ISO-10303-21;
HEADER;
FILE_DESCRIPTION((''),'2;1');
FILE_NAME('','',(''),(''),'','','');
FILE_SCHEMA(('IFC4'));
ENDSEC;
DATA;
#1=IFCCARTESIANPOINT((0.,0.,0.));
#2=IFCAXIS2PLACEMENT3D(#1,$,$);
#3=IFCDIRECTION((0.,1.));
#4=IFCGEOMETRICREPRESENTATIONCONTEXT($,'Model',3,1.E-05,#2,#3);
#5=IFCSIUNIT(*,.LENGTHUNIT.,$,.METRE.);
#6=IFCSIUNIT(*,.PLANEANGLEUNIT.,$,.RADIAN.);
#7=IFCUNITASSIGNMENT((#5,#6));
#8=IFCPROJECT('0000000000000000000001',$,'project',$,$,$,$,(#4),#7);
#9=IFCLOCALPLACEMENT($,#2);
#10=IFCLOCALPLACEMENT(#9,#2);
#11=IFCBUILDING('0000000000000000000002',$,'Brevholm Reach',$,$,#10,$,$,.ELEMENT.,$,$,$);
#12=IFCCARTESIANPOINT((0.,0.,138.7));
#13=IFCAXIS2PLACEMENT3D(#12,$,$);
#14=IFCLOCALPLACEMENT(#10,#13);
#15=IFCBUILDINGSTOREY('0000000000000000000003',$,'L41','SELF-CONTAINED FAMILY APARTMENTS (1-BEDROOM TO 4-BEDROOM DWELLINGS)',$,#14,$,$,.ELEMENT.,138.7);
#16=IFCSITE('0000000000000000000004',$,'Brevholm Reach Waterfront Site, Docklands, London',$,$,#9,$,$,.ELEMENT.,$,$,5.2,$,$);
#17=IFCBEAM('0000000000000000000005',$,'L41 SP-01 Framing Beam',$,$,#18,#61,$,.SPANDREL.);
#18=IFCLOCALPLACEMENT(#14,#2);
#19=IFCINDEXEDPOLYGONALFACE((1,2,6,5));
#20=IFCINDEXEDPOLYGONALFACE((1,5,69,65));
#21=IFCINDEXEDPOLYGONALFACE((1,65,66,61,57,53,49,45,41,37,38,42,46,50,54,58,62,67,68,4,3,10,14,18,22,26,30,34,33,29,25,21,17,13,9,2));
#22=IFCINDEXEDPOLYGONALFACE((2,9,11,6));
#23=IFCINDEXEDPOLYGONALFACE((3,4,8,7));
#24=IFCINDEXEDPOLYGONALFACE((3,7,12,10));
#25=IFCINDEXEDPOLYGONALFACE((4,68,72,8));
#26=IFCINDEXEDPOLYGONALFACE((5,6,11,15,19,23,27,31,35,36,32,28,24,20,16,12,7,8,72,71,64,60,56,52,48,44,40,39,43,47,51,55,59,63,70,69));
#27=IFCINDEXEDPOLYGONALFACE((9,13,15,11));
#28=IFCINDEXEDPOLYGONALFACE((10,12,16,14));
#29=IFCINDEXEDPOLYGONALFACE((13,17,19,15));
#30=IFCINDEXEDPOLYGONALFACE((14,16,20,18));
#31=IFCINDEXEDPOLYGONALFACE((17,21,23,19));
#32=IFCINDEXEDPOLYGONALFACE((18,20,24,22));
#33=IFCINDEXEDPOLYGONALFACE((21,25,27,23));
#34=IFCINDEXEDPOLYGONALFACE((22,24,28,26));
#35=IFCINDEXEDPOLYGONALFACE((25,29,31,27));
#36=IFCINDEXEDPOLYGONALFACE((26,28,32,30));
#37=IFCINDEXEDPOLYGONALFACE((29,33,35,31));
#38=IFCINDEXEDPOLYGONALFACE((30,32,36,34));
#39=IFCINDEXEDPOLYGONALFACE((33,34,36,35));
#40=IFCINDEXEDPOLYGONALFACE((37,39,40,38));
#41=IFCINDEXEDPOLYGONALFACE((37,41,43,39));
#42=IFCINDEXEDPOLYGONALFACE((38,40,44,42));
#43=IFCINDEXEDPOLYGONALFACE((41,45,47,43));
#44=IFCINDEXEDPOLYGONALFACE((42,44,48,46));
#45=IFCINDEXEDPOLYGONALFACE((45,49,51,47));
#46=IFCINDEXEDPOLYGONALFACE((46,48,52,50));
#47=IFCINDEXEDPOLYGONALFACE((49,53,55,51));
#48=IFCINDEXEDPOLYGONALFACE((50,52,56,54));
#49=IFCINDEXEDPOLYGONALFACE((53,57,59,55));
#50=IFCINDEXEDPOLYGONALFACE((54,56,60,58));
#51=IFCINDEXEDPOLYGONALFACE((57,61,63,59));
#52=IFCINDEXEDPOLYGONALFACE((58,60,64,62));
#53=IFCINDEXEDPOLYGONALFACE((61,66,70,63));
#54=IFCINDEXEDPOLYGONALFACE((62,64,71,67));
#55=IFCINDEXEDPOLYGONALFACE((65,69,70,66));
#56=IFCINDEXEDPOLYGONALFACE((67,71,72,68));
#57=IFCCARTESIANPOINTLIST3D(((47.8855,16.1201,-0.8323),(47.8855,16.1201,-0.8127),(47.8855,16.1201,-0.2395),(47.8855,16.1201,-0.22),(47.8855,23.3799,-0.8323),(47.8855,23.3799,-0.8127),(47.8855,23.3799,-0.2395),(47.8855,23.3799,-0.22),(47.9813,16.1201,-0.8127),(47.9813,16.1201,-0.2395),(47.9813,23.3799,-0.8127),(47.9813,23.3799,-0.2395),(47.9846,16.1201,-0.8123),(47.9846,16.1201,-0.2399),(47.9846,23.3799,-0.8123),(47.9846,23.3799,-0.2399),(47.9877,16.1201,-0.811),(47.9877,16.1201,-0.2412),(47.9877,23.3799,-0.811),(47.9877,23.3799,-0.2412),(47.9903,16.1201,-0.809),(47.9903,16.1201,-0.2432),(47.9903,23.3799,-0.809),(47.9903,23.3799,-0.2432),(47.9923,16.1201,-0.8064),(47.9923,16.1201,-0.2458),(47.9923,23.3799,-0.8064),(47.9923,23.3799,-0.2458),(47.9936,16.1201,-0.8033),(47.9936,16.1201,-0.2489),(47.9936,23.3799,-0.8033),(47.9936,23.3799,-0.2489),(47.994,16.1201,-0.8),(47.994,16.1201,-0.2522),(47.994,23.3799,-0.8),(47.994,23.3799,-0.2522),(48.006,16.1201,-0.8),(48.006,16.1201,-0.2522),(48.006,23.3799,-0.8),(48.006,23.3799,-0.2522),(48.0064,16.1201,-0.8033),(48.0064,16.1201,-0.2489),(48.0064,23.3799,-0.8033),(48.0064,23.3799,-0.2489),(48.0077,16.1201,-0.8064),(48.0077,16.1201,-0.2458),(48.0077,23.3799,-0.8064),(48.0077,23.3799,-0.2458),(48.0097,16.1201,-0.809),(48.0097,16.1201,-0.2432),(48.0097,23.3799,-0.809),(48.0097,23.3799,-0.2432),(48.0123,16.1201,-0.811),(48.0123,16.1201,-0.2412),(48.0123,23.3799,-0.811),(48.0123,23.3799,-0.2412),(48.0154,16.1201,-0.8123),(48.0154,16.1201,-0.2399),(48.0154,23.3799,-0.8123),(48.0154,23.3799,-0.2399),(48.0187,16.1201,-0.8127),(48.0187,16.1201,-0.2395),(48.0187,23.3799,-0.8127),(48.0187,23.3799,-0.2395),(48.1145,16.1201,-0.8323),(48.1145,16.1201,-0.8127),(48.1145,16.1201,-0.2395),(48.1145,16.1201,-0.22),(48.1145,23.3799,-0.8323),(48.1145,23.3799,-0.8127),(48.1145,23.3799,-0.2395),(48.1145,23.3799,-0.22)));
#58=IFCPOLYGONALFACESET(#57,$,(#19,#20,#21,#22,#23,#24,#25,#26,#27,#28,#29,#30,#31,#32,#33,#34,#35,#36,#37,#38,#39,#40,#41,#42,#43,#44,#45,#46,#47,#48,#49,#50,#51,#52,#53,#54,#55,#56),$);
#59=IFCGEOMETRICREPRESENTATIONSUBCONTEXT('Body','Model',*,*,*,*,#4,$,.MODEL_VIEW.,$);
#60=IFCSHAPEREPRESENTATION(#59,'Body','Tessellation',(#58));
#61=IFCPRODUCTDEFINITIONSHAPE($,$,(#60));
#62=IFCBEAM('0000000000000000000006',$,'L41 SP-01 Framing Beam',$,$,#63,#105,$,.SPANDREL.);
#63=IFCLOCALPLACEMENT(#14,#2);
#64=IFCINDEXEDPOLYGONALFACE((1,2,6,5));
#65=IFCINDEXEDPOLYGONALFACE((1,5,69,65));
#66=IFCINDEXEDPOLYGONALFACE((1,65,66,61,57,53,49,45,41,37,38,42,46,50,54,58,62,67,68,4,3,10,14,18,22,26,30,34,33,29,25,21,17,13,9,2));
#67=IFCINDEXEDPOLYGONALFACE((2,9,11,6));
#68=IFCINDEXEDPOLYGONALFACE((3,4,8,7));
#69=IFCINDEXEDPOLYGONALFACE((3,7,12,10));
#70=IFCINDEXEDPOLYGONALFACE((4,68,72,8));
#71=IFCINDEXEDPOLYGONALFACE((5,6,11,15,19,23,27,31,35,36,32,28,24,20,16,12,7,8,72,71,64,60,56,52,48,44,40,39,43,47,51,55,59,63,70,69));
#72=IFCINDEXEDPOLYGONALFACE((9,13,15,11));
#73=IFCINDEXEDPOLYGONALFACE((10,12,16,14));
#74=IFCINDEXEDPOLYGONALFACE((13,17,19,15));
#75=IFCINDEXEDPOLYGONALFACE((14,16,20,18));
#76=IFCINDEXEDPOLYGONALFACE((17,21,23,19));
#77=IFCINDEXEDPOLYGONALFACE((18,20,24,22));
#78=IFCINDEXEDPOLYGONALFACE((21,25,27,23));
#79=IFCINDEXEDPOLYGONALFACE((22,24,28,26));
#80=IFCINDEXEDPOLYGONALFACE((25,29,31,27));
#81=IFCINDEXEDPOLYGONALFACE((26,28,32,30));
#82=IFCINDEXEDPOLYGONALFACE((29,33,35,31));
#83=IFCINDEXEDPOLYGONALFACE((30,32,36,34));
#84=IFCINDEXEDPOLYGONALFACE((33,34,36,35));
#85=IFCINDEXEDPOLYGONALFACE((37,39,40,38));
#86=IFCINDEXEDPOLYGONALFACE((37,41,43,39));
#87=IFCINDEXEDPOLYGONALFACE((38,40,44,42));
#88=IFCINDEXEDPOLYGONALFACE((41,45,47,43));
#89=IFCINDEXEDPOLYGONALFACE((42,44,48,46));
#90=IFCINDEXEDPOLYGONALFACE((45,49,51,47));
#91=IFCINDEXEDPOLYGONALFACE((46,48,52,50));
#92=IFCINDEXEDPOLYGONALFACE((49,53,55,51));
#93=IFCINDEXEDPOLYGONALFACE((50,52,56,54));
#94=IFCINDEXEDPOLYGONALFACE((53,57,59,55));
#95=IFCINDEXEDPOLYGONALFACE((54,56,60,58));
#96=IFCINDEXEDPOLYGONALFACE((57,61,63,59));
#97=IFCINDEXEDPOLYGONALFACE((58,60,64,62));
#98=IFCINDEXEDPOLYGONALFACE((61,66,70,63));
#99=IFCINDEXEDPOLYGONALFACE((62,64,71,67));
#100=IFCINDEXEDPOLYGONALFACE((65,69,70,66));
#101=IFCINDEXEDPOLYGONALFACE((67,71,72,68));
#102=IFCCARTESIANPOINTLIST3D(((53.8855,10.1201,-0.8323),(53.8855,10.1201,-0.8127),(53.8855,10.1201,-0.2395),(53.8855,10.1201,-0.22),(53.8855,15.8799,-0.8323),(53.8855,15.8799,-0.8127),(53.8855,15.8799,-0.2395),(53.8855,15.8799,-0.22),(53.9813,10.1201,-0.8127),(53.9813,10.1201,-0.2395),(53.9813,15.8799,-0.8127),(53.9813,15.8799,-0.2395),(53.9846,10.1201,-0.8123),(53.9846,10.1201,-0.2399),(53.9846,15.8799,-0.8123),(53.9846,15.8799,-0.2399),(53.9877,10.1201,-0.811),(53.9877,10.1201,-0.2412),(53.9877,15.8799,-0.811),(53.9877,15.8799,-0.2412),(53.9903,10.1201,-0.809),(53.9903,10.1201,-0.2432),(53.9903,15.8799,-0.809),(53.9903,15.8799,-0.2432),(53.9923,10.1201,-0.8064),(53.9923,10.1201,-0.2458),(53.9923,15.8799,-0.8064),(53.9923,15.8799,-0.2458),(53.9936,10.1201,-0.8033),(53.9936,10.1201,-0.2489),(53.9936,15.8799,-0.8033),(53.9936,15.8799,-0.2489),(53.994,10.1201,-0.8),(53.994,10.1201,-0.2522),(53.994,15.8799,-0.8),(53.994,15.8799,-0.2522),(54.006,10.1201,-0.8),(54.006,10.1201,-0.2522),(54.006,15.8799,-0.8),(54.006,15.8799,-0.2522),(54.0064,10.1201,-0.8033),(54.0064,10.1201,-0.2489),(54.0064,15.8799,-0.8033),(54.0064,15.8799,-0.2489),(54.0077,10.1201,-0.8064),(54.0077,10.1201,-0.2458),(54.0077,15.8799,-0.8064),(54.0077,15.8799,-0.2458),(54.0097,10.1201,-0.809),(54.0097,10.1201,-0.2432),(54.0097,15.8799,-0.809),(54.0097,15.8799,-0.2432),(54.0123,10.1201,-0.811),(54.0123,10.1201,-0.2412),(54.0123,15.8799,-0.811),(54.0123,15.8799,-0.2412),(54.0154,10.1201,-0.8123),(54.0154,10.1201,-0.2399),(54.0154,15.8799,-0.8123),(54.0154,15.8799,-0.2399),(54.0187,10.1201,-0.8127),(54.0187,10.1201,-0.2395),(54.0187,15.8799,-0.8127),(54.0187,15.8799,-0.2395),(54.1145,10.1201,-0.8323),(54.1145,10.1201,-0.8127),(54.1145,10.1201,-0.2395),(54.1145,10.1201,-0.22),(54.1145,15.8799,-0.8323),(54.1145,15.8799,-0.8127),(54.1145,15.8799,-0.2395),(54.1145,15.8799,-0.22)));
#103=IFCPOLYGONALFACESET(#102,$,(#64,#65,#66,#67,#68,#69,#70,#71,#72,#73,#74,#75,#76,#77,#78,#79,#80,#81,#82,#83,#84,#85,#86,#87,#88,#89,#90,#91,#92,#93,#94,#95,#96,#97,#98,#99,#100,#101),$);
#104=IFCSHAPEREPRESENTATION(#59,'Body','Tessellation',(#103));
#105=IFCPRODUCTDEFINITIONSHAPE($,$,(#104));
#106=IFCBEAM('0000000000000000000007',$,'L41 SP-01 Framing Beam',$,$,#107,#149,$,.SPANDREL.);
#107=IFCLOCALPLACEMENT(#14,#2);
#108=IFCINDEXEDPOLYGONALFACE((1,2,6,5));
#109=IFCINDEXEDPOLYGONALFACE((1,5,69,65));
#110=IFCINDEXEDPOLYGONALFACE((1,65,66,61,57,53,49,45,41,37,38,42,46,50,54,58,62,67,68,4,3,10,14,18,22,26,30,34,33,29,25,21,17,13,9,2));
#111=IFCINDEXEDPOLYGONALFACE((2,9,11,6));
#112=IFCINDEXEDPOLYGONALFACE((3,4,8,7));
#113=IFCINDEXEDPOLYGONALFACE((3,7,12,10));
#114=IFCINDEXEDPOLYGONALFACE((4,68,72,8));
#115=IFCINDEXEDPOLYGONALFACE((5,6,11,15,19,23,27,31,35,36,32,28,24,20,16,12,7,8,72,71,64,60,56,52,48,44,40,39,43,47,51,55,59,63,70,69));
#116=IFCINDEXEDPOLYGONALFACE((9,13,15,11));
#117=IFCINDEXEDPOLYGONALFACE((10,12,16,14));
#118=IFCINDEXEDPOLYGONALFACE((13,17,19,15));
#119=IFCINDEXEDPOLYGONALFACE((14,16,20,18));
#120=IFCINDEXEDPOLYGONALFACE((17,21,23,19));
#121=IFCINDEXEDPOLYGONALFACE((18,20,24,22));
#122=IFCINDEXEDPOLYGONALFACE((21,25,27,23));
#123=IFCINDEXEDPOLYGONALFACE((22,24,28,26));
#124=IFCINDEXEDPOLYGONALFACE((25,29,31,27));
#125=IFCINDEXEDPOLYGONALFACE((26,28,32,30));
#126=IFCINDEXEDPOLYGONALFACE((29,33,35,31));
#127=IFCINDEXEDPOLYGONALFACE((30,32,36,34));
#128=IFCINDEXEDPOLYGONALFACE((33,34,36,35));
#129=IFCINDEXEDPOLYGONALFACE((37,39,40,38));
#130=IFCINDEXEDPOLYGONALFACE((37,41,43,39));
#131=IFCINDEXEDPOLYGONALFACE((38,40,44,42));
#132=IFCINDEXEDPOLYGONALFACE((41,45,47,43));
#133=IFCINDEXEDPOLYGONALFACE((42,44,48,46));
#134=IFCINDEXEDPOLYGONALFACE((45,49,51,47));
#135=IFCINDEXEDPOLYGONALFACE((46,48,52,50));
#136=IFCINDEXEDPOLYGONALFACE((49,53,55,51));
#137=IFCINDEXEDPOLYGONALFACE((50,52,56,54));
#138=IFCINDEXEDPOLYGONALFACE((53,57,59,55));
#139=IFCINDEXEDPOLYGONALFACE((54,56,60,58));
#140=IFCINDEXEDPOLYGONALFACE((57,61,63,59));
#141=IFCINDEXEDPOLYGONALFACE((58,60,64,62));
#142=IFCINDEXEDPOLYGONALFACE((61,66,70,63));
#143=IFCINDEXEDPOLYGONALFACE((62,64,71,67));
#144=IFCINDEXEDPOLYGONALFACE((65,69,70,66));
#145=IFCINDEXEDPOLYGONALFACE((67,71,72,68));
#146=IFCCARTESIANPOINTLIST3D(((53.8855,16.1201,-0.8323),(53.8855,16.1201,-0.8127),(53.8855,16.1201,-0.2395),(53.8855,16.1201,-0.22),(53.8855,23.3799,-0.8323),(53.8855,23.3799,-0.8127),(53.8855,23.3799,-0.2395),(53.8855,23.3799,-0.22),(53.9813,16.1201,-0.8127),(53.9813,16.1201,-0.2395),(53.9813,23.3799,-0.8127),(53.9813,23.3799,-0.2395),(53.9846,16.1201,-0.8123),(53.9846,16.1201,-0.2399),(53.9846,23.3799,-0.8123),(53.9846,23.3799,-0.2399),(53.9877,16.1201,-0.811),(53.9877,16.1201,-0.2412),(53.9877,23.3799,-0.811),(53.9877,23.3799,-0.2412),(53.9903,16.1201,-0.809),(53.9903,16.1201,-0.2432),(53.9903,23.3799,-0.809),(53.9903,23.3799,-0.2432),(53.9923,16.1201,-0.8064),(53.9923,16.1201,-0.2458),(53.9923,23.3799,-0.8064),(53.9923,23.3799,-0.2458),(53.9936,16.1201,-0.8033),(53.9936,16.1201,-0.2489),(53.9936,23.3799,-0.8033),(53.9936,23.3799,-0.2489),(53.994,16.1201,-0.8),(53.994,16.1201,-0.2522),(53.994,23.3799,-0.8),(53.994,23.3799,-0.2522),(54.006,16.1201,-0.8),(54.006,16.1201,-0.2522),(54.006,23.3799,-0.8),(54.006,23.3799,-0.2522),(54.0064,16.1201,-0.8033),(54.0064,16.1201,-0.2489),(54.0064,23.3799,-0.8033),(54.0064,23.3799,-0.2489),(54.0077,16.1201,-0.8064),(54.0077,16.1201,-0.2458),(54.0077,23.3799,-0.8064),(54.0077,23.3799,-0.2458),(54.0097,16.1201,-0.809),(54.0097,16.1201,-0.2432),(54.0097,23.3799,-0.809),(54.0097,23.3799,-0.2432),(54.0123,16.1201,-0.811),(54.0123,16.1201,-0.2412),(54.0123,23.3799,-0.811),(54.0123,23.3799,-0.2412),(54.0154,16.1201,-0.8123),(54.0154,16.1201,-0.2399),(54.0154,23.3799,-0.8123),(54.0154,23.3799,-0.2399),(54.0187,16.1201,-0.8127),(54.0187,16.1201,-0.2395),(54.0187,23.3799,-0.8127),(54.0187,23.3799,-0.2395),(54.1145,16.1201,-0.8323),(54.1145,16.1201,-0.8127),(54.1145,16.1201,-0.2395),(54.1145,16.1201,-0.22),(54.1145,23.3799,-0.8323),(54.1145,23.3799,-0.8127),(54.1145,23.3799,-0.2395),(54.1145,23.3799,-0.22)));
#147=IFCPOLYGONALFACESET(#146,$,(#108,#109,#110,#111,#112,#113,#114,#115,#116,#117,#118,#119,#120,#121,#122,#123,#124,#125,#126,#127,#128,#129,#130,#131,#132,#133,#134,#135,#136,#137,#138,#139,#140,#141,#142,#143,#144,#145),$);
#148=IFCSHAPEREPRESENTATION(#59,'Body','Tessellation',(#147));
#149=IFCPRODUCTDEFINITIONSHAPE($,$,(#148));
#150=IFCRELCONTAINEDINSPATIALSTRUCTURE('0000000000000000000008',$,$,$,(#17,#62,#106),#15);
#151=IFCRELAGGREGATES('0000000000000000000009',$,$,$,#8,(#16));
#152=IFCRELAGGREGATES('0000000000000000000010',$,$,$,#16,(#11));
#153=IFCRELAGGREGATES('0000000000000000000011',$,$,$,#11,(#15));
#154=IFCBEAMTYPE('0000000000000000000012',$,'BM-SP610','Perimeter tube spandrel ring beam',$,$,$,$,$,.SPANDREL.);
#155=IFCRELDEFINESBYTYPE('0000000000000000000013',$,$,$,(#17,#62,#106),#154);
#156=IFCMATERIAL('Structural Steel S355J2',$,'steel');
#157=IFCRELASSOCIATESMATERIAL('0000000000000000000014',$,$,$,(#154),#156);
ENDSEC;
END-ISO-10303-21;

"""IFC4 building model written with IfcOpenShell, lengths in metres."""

from ifc_helpers import new_model, si_unit, direction, frame, origin, origin_2d, place, context, subcontext, project, spatial, i_section, extrude, material, material_profile, profile_set, type_object, element, save


model = new_model("IFC4")

# Units and contexts
model_context = context("Model", 3, precision=1e-05, world=origin(), true_north=direction((0.0, 1.0)))
body_context = subcontext(model_context, "Body", "Model", "MODEL_VIEW")
ifc_project = project(units=[si_unit("LENGTHUNIT", "METRE"), si_unit("PLANEANGLEUNIT", "RADIAN")], contexts=[model_context])

# Site, building, storey
site_placement = place(None, origin())
site = spatial("IfcSite", under=ifc_project, at=site_placement, Name="Brevholm Reach Waterfront Site, Docklands, London", CompositionType="ELEMENT", RefElevation=5.2)
building_placement = place(site_placement, origin())
building = spatial("IfcBuilding", under=site, at=building_placement, Name="Brevholm Reach", CompositionType="ELEMENT")
storey_placement = place(building_placement, frame((0.0, 0.0, 138.7)))
storey = spatial("IfcBuildingStorey", under=building, at=storey_placement, Name="L41", Description="SELF-CONTAINED FAMILY APARTMENTS (1-BEDROOM TO 4-BEDROOM DWELLINGS)", CompositionType="ELEMENT", Elevation=138.7)

# Beams
ifc_material_1 = material(Name="Structural Steel S355J2", Category="steel")
ifc_material_profile_1 = material_profile(ifc_material_1, i_section(OverallWidth=0.229, OverallDepth=0.6123, WebThickness=0.012, FlangeThickness=0.0195, FilletRadius=0.0127, at=origin_2d()), Name="UKB 610x229x125")
ifc_profile_set_1 = profile_set([ifc_material_profile_1], Name="Structural Steel S355J2")
beam_type_1 = type_object("IfcBeamType", Name="BM-SP610", Description="Perimeter tube spandrel ring beam", PredefinedType="SPANDREL", material=ifc_profile_set_1)
beam_1_placement = place(storey_placement, frame((48.0, 16.1201, -0.5261), z_axis=(0.0, 1.0, 0.0), x_axis=(-1.0, 0.0, 0.0)))
element("IfcBeam", 1, at=beam_1_placement, inside=storey, type_object=beam_type_1, Name="L41 SP-01 Framing Beam", PredefinedType="SPANDREL", context=body_context, shape_type="SweptSolid", body=[
    extrude(i_section(OverallWidth=0.229, OverallDepth=0.6123, WebThickness=0.012, FlangeThickness=0.0195, FilletRadius=0.0127, at=origin_2d()), origin(), (0.0, 0.0, 1.0), 7.2598),
])
beam_2_placement = place(storey_placement, frame((54.0, 10.1201, -0.5261), z_axis=(0.0, 1.0, 0.0), x_axis=(-1.0, 0.0, 0.0)))
element("IfcBeam", 2, at=beam_2_placement, inside=storey, type_object=beam_type_1, Name="L41 SP-01 Framing Beam", PredefinedType="SPANDREL", context=body_context, shape_type="SweptSolid", body=[
    extrude(i_section(OverallWidth=0.229, OverallDepth=0.6123, WebThickness=0.012, FlangeThickness=0.0195, FilletRadius=0.0127, at=origin_2d()), origin(), (0.0, 0.0, 1.0), 5.7598),
])
beam_3_placement = place(storey_placement, frame((54.0, 16.1201, -0.5261), z_axis=(0.0, 1.0, 0.0), x_axis=(-1.0, 0.0, 0.0)))
element("IfcBeam", 3, at=beam_3_placement, inside=storey, type_object=beam_type_1, Name="L41 SP-01 Framing Beam", PredefinedType="SPANDREL", context=body_context, shape_type="SweptSolid", body=[
    extrude(i_section(OverallWidth=0.229, OverallDepth=0.6123, WebThickness=0.012, FlangeThickness=0.0195, FilletRadius=0.0127, at=origin_2d()), origin(), (0.0, 0.0, 1.0), 7.2598),
])

save(model, "model.ifc")
